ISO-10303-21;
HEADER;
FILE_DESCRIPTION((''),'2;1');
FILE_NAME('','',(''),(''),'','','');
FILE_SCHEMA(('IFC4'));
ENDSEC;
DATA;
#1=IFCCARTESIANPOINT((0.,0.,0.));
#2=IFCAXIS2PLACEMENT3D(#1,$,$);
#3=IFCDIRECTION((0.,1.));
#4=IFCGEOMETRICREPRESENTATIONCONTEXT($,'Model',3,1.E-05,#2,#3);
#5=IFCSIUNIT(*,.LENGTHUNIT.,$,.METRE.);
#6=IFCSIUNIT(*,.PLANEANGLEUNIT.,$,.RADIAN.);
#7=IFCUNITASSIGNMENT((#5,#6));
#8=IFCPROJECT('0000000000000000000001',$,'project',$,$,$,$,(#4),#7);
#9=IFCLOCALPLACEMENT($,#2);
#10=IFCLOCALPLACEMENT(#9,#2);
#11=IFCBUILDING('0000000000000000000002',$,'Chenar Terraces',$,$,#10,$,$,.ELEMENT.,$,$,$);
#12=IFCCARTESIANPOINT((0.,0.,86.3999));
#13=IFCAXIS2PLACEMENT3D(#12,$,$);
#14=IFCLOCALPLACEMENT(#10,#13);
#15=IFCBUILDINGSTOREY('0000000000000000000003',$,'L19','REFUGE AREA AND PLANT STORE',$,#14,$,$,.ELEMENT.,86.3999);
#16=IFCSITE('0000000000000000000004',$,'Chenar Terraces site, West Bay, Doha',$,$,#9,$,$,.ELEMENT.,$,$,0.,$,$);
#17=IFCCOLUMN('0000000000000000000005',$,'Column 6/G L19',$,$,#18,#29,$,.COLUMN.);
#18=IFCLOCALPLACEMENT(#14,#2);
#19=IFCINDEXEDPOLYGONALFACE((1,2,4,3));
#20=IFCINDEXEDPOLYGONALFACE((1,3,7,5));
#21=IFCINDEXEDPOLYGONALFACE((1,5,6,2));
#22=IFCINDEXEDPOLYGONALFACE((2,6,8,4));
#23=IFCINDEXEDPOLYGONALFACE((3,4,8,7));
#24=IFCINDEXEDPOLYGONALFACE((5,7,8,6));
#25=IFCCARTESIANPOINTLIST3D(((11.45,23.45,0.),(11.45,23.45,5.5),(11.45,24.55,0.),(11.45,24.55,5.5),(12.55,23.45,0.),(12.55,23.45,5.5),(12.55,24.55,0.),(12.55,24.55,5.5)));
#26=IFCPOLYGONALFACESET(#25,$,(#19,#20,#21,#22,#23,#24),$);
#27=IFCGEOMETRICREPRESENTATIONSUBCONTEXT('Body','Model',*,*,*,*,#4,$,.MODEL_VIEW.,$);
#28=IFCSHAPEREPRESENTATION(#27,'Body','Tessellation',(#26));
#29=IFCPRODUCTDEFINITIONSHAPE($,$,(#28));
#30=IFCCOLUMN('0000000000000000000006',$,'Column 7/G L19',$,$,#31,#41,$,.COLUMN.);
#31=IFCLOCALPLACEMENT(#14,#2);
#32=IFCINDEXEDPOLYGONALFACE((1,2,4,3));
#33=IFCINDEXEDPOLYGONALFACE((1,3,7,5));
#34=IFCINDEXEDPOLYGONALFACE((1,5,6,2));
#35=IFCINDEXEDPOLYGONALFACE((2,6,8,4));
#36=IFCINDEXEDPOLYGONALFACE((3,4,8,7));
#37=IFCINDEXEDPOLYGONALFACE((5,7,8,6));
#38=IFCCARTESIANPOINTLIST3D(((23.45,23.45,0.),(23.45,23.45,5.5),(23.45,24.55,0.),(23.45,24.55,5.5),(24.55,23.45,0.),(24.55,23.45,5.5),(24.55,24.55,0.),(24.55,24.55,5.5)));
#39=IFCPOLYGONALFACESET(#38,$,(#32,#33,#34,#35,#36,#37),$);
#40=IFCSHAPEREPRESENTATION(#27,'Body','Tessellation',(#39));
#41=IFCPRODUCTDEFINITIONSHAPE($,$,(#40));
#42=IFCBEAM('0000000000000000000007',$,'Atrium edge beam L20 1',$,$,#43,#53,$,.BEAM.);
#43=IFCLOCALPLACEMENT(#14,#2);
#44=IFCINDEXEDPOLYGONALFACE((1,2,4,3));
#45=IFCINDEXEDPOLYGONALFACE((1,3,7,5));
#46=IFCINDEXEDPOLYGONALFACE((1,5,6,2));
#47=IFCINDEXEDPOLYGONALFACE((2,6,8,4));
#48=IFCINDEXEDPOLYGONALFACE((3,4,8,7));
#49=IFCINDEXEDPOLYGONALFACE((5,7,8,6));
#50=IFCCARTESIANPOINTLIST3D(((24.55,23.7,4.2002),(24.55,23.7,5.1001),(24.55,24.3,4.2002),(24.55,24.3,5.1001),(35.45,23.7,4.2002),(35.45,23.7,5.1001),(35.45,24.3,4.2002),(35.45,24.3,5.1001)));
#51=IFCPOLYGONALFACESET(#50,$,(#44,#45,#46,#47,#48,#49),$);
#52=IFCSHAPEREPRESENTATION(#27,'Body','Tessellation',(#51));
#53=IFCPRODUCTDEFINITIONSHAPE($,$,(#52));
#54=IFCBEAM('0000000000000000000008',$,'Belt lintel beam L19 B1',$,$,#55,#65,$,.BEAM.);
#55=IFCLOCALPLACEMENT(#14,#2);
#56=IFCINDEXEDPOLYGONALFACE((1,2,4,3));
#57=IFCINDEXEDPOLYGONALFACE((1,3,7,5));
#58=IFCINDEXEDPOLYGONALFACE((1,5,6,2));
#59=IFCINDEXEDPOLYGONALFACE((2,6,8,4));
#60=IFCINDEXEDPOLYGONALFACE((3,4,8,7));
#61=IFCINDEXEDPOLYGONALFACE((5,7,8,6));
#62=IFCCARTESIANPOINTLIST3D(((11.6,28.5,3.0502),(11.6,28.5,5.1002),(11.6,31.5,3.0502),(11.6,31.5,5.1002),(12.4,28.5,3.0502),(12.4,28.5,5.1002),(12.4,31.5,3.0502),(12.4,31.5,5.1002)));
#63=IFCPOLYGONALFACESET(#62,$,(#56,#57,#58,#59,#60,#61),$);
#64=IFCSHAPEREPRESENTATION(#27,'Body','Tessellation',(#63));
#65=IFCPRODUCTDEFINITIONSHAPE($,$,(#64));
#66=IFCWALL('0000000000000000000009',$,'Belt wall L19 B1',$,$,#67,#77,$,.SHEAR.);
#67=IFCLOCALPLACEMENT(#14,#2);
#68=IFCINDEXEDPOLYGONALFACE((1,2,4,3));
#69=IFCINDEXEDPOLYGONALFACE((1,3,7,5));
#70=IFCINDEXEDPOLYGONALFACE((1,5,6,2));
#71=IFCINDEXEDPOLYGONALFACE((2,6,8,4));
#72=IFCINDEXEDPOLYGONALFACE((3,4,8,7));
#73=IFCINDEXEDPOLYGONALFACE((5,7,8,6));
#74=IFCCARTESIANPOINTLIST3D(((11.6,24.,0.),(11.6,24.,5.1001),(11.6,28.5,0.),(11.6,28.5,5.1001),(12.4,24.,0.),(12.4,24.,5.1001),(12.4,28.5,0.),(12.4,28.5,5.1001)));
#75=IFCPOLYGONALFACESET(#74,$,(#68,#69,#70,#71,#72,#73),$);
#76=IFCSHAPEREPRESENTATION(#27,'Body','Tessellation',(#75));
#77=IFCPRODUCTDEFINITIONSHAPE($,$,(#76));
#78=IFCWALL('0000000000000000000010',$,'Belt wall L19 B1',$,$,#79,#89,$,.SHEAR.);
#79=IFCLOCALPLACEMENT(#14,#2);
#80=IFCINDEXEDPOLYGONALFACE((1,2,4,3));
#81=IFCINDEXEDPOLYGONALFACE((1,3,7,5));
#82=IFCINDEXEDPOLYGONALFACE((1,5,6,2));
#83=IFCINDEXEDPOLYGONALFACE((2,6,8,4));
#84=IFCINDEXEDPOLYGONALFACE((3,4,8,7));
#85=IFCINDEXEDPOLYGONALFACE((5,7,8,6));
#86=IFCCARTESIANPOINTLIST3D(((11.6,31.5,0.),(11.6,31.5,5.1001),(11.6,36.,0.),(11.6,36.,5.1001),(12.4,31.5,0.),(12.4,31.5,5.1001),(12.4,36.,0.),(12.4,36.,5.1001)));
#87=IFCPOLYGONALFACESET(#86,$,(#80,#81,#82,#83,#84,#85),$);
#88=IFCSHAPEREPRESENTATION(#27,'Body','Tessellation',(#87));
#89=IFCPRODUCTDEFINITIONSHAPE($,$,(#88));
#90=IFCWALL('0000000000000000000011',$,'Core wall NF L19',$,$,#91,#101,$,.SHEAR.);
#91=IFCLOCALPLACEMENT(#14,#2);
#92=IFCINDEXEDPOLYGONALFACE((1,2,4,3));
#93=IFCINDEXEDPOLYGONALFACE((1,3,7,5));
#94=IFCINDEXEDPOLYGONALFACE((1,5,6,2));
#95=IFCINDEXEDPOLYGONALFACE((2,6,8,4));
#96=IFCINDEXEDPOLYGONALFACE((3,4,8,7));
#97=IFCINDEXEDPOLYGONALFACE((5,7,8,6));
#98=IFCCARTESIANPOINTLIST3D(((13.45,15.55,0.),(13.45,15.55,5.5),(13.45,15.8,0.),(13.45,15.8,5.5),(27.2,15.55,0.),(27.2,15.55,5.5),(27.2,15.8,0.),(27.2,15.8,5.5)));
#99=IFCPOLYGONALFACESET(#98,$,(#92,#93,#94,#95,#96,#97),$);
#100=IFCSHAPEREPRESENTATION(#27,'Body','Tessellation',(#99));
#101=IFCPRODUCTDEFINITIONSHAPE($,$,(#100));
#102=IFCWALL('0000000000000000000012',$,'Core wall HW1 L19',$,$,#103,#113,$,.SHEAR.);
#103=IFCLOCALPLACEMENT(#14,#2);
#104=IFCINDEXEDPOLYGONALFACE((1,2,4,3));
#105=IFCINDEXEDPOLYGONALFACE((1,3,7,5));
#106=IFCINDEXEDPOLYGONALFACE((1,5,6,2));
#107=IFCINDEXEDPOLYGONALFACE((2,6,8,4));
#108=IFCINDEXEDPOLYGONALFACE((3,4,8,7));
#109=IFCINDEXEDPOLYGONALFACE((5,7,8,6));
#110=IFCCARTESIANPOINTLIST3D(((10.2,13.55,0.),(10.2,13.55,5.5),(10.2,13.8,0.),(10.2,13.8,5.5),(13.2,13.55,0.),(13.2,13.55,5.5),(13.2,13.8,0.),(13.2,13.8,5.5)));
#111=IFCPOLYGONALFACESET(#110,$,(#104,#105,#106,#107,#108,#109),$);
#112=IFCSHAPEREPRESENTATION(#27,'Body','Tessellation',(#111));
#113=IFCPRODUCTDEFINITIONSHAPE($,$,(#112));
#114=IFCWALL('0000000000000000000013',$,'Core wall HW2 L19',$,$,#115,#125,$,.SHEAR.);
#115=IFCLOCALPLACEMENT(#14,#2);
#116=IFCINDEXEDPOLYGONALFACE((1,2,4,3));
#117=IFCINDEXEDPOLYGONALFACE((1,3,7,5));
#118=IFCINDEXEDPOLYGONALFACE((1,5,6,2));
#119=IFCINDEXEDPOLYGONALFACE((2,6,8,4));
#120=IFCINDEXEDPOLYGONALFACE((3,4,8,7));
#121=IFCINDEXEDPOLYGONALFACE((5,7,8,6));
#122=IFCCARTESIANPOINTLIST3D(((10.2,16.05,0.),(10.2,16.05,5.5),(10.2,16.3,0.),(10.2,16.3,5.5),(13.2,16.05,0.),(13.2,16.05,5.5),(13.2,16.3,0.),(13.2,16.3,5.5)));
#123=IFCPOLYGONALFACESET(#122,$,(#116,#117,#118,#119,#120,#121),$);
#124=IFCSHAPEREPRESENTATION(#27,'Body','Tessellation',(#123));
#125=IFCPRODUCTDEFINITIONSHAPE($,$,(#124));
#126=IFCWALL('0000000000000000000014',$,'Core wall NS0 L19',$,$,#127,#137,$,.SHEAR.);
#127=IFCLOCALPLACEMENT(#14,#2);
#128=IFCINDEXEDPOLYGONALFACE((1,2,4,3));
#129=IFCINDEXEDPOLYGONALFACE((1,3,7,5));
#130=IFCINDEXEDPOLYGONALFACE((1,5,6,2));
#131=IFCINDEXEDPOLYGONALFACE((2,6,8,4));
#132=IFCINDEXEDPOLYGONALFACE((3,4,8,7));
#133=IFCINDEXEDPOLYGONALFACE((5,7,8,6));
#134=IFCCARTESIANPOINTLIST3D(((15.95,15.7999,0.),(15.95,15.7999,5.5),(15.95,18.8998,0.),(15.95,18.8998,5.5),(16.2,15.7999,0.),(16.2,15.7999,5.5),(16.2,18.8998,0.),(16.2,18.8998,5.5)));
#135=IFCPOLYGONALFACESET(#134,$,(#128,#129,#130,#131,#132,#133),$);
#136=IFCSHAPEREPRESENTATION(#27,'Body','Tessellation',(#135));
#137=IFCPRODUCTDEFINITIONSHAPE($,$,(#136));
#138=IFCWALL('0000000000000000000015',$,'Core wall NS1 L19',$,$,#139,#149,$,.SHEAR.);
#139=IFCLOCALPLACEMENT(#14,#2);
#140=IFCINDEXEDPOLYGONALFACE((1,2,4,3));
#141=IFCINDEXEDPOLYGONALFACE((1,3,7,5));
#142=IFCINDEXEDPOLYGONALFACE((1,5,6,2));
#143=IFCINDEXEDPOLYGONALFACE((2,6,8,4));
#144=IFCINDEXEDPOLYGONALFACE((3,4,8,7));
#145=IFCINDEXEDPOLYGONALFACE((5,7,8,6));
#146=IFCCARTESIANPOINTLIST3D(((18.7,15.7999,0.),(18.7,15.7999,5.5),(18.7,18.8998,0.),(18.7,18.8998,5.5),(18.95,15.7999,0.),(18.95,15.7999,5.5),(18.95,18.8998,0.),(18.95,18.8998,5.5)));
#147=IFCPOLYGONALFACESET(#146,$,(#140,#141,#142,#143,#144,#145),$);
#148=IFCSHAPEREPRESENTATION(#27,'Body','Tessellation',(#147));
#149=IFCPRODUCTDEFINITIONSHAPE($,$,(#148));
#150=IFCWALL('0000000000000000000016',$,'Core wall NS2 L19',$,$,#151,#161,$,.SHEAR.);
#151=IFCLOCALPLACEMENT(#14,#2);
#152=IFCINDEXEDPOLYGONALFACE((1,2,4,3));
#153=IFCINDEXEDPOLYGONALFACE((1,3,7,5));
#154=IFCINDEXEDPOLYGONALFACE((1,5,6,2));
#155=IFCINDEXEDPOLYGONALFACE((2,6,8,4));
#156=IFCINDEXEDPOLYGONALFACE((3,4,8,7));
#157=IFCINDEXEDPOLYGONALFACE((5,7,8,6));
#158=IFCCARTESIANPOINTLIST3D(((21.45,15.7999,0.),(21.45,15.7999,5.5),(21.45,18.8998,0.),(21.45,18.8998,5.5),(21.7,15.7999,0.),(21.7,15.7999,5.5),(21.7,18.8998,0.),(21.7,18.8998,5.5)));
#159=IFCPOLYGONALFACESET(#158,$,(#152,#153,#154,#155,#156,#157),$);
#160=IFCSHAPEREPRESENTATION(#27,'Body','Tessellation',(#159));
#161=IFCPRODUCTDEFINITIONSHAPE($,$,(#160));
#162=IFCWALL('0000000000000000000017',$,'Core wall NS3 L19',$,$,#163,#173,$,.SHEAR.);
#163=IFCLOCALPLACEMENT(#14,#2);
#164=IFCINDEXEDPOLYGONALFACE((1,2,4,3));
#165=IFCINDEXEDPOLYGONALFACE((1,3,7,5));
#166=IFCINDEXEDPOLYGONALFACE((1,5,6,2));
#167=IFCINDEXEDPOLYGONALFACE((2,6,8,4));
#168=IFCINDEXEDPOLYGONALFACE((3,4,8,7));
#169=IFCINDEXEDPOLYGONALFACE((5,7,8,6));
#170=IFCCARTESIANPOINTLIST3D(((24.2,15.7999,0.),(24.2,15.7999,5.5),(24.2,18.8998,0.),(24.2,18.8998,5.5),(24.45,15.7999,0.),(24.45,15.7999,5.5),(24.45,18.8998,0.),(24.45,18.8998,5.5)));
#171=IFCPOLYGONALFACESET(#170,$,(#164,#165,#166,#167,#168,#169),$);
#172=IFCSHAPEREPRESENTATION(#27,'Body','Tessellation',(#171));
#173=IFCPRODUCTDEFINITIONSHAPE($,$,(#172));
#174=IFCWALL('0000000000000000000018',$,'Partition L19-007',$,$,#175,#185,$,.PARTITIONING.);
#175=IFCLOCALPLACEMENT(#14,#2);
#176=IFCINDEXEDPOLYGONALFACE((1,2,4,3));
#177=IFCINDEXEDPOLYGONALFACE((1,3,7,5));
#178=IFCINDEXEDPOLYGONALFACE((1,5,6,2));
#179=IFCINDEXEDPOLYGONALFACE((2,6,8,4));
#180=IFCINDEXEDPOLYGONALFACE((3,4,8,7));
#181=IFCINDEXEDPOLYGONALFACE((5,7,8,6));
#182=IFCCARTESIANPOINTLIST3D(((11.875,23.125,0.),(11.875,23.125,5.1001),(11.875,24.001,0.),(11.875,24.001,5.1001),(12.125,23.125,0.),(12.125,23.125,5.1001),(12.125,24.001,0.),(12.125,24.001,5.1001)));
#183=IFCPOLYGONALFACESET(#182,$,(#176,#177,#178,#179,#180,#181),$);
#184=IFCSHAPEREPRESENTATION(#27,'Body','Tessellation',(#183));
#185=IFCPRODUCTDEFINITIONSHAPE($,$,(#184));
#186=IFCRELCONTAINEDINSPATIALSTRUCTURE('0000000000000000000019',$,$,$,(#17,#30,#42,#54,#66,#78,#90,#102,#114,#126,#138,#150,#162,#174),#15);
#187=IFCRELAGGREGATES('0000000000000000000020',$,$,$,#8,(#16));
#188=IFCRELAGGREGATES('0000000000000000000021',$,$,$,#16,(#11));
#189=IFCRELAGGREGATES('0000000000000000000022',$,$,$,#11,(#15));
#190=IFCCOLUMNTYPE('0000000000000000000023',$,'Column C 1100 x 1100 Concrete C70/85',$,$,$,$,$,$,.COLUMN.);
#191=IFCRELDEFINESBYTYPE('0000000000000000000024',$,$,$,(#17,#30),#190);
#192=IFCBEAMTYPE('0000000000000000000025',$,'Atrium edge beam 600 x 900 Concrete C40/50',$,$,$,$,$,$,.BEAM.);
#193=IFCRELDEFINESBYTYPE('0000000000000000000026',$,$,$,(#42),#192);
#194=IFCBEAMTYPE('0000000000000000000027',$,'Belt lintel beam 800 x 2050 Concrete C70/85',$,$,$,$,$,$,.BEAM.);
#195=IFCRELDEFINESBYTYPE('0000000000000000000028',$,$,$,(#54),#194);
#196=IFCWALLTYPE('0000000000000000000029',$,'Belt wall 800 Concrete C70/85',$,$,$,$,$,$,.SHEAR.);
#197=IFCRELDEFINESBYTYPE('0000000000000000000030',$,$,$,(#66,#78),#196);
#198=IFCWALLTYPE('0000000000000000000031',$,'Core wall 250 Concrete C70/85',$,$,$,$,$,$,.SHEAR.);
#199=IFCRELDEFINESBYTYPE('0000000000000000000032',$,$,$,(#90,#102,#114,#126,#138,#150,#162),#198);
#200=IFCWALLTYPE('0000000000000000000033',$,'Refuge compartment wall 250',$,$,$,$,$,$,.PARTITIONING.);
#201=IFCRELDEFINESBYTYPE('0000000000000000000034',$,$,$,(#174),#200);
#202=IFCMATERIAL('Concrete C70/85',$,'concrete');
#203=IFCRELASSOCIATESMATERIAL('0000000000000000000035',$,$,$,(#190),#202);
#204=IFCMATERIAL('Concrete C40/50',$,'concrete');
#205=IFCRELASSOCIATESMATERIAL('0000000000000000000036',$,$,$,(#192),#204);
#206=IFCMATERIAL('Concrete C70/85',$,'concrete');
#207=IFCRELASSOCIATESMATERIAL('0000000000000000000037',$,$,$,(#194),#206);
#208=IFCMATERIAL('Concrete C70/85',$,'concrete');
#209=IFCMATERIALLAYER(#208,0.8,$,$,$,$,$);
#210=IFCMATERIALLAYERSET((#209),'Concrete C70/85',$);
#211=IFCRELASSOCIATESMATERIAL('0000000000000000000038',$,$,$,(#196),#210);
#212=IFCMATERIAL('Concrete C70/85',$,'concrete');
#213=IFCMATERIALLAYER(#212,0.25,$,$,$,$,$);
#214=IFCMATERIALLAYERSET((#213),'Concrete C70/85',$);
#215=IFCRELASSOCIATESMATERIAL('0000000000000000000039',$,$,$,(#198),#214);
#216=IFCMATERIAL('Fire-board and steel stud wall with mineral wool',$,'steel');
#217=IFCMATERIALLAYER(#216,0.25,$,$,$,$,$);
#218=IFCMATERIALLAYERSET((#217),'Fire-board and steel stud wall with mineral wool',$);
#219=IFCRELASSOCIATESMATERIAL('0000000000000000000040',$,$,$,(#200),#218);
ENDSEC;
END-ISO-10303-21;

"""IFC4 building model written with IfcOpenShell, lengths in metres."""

from ifc_helpers import new_model, si_unit, direction, frame, frame_2d, origin, origin_2d, place, context, subcontext, project, spatial, rectangle, extrude, material, layer, layer_set, material_profile, profile_set, type_object, element, save


model = new_model("IFC4")

# Units and contexts
model_context = context("Model", 3, precision=1e-05, world=origin(), true_north=direction((0.0, 1.0)))
body_context = subcontext(model_context, "Body", "Model", "MODEL_VIEW")
ifc_project = project(units=[si_unit("LENGTHUNIT", "METRE"), si_unit("PLANEANGLEUNIT", "RADIAN")], contexts=[model_context])

# Site, building, storey
site_placement = place(None, origin())
site = spatial("IfcSite", under=ifc_project, at=site_placement, Name="Chenar Terraces site, West Bay, Doha", CompositionType="ELEMENT", RefElevation=0.0)
building_placement = place(site_placement, origin())
building = spatial("IfcBuilding", under=site, at=building_placement, Name="Chenar Terraces", CompositionType="ELEMENT")
storey_placement = place(building_placement, frame((0.0, 0.0, 86.3999)))
storey = spatial("IfcBuildingStorey", under=building, at=storey_placement, Name="L19", Description="REFUGE AREA AND PLANT STORE", CompositionType="ELEMENT", Elevation=86.3999)

# Columns
ifc_material_1 = material(Name="Concrete C70/85", Category="concrete")
ifc_material_profile_1 = material_profile(ifc_material_1, rectangle(XDim=1.1001, YDim=1.1001, at=origin_2d()), Name="C 1100 x 1100")
ifc_profile_set_1 = profile_set([ifc_material_profile_1], Name="Concrete C70/85")
column_type = type_object("IfcColumnType", Name="Column C 1100 x 1100 Concrete C70/85", PredefinedType="COLUMN", material=ifc_profile_set_1)
for number, where, z_axis, x_axis, name in (
    (1, (12.0, 24.0, 0.0), (0.0, 0.0, 1.0), (1.0, 0.0, 0.0), "Column 6/G L19"),
    (2, (24.0, 24.0, 0.0), (0.0, 0.0, 1.0), (1.0, 0.0, 0.0), "Column 7/G L19"),
):
    element("IfcColumn", number, at=place(storey_placement, frame(where, z_axis=z_axis, x_axis=x_axis)), inside=storey, type_object=column_type, Name=name, PredefinedType="COLUMN", context=body_context, shape_type="SweptSolid", body=[
        extrude(rectangle(XDim=1.1001, YDim=1.1001, at=origin_2d()), origin(), (0.0, 0.0, 1.0), 5.5),
    ])

# Beams
ifc_material_2 = material(Name="Concrete C40/50", Category="concrete")
ifc_material_profile_2 = material_profile(ifc_material_2, rectangle(XDim=0.6001, YDim=0.8999, at=origin_2d()), Name="RC 600 x 900")
ifc_profile_set_2 = profile_set([ifc_material_profile_2], Name="Concrete C40/50")
beam_type_1 = type_object("IfcBeamType", Name="Atrium edge beam 600 x 900 Concrete C40/50", PredefinedType="BEAM", material=ifc_profile_set_2)
beam_1_placement = place(storey_placement, frame((24.55, 24.0, 4.6501), z_axis=(1.0, 0.0, 0.0), x_axis=(0.0, 1.0, 0.0)))
element("IfcBeam", 3, at=beam_1_placement, inside=storey, type_object=beam_type_1, Name="Atrium edge beam L20 1", PredefinedType="BEAM", context=body_context, shape_type="SweptSolid", body=[
    extrude(rectangle(XDim=0.6001, YDim=0.8999, at=origin_2d()), origin(), (0.0, 0.0, 1.0), 10.8999),
])
ifc_material_3 = material(Name="Concrete C70/85", Category="concrete")
ifc_material_profile_3 = material_profile(ifc_material_3, rectangle(XDim=0.8, YDim=2.05, at=origin_2d()), Name="RC 800 x 2050")
ifc_profile_set_3 = profile_set([ifc_material_profile_3], Name="Concrete C70/85")
beam_type_2 = type_object("IfcBeamType", Name="Belt lintel beam 800 x 2050 Concrete C70/85", PredefinedType="BEAM", material=ifc_profile_set_3)
beam_2_placement = place(storey_placement, frame((12.0, 28.5, 4.0752), z_axis=(0.0, 1.0, 0.0), x_axis=(-1.0, 0.0, 0.0)))
element("IfcBeam", 4, at=beam_2_placement, inside=storey, type_object=beam_type_2, Name="Belt lintel beam L19 B1", PredefinedType="BEAM", context=body_context, shape_type="SweptSolid", body=[
    extrude(rectangle(XDim=0.8, YDim=2.05, at=origin_2d()), origin(), (0.0, 0.0, 1.0), 3.0),
])

# Walls
ifc_material_4 = material(Name="Concrete C70/85", Category="concrete")
ifc_layer_1 = layer(ifc_material_4, 0.8)
ifc_layer_set_1 = layer_set([ifc_layer_1], Name="Concrete C70/85")
wall_type_1 = type_object("IfcWallType", Name="Belt wall 800 Concrete C70/85", PredefinedType="SHEAR", material=ifc_layer_set_1)
for number, where, z_axis, x_axis, name in (
    (5, (12.0, 24.0, 0.0), (0.0, 0.0, 1.0), (0.0, 1.0, 0.0), "Belt wall L19 B1"),
    (6, (12.0, 31.5, 0.0), (0.0, 0.0, 1.0), (0.0, 1.0, 0.0), "Belt wall L19 B1"),
):
    element("IfcWall", number, at=place(storey_placement, frame(where, z_axis=z_axis, x_axis=x_axis)), inside=storey, type_object=wall_type_1, Name=name, PredefinedType="SHEAR", context=body_context, shape_type="SweptSolid", body=[
        extrude(rectangle(XDim=4.5, YDim=0.8, at=frame_2d((2.25, 0.0))), origin(), (0.0, 0.0, 1.0), 5.1001),
    ])

# Walls
ifc_material_5 = material(Name="Concrete C70/85", Category="concrete")
ifc_layer_2 = layer(ifc_material_5, 0.25)
ifc_layer_set_2 = layer_set([ifc_layer_2], Name="Concrete C70/85")
wall_type_2 = type_object("IfcWallType", Name="Core wall 250 Concrete C70/85", PredefinedType="SHEAR", material=ifc_layer_set_2)
wall_1_placement = place(storey_placement, frame((13.45, 15.675, 0.0), z_axis=(0.0, 0.0, 1.0), x_axis=(1.0, 0.0, 0.0)))
element("IfcWall", 7, at=wall_1_placement, inside=storey, type_object=wall_type_2, Name="Core wall NF L19", PredefinedType="SHEAR", context=body_context, shape_type="SweptSolid", body=[
    extrude(rectangle(XDim=13.75, YDim=0.25, at=frame_2d((6.875, 0.0))), origin(), (0.0, 0.0, 1.0), 5.5),
])
for number, where, z_axis, x_axis, name in (
    (8, (10.2, 13.675, 0.0), (0.0, 0.0, 1.0), (1.0, 0.0, 0.0), "Core wall HW1 L19"),
    (9, (10.2, 16.175, 0.0), (0.0, 0.0, 1.0), (1.0, 0.0, 0.0), "Core wall HW2 L19"),
):
    element("IfcWall", number, at=place(storey_placement, frame(where, z_axis=z_axis, x_axis=x_axis)), inside=storey, type_object=wall_type_2, Name=name, PredefinedType="SHEAR", context=body_context, shape_type="SweptSolid", body=[
        extrude(rectangle(XDim=3.0, YDim=0.25, at=frame_2d((1.5, 0.0))), origin(), (0.0, 0.0, 1.0), 5.5),
    ])
for number, where, z_axis, x_axis, name in (
    (10, (16.075, 15.8, 0.0), (0.0, 0.0, 1.0), (0.0, 1.0, 0.0), "Core wall NS0 L19"),
    (11, (18.825, 15.8, 0.0), (0.0, 0.0, 1.0), (0.0, 1.0, 0.0), "Core wall NS1 L19"),
    (12, (21.575, 15.8, 0.0), (0.0, 0.0, 1.0), (0.0, 1.0, 0.0), "Core wall NS2 L19"),
    (13, (24.325, 15.8, 0.0), (0.0, 0.0, 1.0), (0.0, 1.0, 0.0), "Core wall NS3 L19"),
):
    element("IfcWall", number, at=place(storey_placement, frame(where, z_axis=z_axis, x_axis=x_axis)), inside=storey, type_object=wall_type_2, Name=name, PredefinedType="SHEAR", context=body_context, shape_type="SweptSolid", body=[
        extrude(rectangle(XDim=3.0999, YDim=0.25, at=frame_2d((1.5498, 0.0))), origin(), (0.0, 0.0, 1.0), 5.5),
    ])
ifc_material_6 = material(Name="Fire-board and steel stud wall with mineral wool", Category="steel")
ifc_layer_3 = layer(ifc_material_6, 0.25)
ifc_layer_set_3 = layer_set([ifc_layer_3], Name="Fire-board and steel stud wall with mineral wool")
wall_type_3 = type_object("IfcWallType", Name="Refuge compartment wall 250", PredefinedType="PARTITIONING", material=ifc_layer_set_3)
wall_2_placement = place(storey_placement, frame((12.0, 23.125, 0.0), z_axis=(0.0, 0.0, 1.0), x_axis=(0.0, 1.0, 0.0)))
element("IfcWall", 14, at=wall_2_placement, inside=storey, type_object=wall_type_3, Name="Partition L19-007", PredefinedType="PARTITIONING", context=body_context, shape_type="SweptSolid", body=[
    extrude(rectangle(XDim=0.876, YDim=0.25, at=frame_2d((0.438, 0.0))), origin(), (0.0, 0.0, 1.0), 5.1001),
])

save(model, "model.ifc")
